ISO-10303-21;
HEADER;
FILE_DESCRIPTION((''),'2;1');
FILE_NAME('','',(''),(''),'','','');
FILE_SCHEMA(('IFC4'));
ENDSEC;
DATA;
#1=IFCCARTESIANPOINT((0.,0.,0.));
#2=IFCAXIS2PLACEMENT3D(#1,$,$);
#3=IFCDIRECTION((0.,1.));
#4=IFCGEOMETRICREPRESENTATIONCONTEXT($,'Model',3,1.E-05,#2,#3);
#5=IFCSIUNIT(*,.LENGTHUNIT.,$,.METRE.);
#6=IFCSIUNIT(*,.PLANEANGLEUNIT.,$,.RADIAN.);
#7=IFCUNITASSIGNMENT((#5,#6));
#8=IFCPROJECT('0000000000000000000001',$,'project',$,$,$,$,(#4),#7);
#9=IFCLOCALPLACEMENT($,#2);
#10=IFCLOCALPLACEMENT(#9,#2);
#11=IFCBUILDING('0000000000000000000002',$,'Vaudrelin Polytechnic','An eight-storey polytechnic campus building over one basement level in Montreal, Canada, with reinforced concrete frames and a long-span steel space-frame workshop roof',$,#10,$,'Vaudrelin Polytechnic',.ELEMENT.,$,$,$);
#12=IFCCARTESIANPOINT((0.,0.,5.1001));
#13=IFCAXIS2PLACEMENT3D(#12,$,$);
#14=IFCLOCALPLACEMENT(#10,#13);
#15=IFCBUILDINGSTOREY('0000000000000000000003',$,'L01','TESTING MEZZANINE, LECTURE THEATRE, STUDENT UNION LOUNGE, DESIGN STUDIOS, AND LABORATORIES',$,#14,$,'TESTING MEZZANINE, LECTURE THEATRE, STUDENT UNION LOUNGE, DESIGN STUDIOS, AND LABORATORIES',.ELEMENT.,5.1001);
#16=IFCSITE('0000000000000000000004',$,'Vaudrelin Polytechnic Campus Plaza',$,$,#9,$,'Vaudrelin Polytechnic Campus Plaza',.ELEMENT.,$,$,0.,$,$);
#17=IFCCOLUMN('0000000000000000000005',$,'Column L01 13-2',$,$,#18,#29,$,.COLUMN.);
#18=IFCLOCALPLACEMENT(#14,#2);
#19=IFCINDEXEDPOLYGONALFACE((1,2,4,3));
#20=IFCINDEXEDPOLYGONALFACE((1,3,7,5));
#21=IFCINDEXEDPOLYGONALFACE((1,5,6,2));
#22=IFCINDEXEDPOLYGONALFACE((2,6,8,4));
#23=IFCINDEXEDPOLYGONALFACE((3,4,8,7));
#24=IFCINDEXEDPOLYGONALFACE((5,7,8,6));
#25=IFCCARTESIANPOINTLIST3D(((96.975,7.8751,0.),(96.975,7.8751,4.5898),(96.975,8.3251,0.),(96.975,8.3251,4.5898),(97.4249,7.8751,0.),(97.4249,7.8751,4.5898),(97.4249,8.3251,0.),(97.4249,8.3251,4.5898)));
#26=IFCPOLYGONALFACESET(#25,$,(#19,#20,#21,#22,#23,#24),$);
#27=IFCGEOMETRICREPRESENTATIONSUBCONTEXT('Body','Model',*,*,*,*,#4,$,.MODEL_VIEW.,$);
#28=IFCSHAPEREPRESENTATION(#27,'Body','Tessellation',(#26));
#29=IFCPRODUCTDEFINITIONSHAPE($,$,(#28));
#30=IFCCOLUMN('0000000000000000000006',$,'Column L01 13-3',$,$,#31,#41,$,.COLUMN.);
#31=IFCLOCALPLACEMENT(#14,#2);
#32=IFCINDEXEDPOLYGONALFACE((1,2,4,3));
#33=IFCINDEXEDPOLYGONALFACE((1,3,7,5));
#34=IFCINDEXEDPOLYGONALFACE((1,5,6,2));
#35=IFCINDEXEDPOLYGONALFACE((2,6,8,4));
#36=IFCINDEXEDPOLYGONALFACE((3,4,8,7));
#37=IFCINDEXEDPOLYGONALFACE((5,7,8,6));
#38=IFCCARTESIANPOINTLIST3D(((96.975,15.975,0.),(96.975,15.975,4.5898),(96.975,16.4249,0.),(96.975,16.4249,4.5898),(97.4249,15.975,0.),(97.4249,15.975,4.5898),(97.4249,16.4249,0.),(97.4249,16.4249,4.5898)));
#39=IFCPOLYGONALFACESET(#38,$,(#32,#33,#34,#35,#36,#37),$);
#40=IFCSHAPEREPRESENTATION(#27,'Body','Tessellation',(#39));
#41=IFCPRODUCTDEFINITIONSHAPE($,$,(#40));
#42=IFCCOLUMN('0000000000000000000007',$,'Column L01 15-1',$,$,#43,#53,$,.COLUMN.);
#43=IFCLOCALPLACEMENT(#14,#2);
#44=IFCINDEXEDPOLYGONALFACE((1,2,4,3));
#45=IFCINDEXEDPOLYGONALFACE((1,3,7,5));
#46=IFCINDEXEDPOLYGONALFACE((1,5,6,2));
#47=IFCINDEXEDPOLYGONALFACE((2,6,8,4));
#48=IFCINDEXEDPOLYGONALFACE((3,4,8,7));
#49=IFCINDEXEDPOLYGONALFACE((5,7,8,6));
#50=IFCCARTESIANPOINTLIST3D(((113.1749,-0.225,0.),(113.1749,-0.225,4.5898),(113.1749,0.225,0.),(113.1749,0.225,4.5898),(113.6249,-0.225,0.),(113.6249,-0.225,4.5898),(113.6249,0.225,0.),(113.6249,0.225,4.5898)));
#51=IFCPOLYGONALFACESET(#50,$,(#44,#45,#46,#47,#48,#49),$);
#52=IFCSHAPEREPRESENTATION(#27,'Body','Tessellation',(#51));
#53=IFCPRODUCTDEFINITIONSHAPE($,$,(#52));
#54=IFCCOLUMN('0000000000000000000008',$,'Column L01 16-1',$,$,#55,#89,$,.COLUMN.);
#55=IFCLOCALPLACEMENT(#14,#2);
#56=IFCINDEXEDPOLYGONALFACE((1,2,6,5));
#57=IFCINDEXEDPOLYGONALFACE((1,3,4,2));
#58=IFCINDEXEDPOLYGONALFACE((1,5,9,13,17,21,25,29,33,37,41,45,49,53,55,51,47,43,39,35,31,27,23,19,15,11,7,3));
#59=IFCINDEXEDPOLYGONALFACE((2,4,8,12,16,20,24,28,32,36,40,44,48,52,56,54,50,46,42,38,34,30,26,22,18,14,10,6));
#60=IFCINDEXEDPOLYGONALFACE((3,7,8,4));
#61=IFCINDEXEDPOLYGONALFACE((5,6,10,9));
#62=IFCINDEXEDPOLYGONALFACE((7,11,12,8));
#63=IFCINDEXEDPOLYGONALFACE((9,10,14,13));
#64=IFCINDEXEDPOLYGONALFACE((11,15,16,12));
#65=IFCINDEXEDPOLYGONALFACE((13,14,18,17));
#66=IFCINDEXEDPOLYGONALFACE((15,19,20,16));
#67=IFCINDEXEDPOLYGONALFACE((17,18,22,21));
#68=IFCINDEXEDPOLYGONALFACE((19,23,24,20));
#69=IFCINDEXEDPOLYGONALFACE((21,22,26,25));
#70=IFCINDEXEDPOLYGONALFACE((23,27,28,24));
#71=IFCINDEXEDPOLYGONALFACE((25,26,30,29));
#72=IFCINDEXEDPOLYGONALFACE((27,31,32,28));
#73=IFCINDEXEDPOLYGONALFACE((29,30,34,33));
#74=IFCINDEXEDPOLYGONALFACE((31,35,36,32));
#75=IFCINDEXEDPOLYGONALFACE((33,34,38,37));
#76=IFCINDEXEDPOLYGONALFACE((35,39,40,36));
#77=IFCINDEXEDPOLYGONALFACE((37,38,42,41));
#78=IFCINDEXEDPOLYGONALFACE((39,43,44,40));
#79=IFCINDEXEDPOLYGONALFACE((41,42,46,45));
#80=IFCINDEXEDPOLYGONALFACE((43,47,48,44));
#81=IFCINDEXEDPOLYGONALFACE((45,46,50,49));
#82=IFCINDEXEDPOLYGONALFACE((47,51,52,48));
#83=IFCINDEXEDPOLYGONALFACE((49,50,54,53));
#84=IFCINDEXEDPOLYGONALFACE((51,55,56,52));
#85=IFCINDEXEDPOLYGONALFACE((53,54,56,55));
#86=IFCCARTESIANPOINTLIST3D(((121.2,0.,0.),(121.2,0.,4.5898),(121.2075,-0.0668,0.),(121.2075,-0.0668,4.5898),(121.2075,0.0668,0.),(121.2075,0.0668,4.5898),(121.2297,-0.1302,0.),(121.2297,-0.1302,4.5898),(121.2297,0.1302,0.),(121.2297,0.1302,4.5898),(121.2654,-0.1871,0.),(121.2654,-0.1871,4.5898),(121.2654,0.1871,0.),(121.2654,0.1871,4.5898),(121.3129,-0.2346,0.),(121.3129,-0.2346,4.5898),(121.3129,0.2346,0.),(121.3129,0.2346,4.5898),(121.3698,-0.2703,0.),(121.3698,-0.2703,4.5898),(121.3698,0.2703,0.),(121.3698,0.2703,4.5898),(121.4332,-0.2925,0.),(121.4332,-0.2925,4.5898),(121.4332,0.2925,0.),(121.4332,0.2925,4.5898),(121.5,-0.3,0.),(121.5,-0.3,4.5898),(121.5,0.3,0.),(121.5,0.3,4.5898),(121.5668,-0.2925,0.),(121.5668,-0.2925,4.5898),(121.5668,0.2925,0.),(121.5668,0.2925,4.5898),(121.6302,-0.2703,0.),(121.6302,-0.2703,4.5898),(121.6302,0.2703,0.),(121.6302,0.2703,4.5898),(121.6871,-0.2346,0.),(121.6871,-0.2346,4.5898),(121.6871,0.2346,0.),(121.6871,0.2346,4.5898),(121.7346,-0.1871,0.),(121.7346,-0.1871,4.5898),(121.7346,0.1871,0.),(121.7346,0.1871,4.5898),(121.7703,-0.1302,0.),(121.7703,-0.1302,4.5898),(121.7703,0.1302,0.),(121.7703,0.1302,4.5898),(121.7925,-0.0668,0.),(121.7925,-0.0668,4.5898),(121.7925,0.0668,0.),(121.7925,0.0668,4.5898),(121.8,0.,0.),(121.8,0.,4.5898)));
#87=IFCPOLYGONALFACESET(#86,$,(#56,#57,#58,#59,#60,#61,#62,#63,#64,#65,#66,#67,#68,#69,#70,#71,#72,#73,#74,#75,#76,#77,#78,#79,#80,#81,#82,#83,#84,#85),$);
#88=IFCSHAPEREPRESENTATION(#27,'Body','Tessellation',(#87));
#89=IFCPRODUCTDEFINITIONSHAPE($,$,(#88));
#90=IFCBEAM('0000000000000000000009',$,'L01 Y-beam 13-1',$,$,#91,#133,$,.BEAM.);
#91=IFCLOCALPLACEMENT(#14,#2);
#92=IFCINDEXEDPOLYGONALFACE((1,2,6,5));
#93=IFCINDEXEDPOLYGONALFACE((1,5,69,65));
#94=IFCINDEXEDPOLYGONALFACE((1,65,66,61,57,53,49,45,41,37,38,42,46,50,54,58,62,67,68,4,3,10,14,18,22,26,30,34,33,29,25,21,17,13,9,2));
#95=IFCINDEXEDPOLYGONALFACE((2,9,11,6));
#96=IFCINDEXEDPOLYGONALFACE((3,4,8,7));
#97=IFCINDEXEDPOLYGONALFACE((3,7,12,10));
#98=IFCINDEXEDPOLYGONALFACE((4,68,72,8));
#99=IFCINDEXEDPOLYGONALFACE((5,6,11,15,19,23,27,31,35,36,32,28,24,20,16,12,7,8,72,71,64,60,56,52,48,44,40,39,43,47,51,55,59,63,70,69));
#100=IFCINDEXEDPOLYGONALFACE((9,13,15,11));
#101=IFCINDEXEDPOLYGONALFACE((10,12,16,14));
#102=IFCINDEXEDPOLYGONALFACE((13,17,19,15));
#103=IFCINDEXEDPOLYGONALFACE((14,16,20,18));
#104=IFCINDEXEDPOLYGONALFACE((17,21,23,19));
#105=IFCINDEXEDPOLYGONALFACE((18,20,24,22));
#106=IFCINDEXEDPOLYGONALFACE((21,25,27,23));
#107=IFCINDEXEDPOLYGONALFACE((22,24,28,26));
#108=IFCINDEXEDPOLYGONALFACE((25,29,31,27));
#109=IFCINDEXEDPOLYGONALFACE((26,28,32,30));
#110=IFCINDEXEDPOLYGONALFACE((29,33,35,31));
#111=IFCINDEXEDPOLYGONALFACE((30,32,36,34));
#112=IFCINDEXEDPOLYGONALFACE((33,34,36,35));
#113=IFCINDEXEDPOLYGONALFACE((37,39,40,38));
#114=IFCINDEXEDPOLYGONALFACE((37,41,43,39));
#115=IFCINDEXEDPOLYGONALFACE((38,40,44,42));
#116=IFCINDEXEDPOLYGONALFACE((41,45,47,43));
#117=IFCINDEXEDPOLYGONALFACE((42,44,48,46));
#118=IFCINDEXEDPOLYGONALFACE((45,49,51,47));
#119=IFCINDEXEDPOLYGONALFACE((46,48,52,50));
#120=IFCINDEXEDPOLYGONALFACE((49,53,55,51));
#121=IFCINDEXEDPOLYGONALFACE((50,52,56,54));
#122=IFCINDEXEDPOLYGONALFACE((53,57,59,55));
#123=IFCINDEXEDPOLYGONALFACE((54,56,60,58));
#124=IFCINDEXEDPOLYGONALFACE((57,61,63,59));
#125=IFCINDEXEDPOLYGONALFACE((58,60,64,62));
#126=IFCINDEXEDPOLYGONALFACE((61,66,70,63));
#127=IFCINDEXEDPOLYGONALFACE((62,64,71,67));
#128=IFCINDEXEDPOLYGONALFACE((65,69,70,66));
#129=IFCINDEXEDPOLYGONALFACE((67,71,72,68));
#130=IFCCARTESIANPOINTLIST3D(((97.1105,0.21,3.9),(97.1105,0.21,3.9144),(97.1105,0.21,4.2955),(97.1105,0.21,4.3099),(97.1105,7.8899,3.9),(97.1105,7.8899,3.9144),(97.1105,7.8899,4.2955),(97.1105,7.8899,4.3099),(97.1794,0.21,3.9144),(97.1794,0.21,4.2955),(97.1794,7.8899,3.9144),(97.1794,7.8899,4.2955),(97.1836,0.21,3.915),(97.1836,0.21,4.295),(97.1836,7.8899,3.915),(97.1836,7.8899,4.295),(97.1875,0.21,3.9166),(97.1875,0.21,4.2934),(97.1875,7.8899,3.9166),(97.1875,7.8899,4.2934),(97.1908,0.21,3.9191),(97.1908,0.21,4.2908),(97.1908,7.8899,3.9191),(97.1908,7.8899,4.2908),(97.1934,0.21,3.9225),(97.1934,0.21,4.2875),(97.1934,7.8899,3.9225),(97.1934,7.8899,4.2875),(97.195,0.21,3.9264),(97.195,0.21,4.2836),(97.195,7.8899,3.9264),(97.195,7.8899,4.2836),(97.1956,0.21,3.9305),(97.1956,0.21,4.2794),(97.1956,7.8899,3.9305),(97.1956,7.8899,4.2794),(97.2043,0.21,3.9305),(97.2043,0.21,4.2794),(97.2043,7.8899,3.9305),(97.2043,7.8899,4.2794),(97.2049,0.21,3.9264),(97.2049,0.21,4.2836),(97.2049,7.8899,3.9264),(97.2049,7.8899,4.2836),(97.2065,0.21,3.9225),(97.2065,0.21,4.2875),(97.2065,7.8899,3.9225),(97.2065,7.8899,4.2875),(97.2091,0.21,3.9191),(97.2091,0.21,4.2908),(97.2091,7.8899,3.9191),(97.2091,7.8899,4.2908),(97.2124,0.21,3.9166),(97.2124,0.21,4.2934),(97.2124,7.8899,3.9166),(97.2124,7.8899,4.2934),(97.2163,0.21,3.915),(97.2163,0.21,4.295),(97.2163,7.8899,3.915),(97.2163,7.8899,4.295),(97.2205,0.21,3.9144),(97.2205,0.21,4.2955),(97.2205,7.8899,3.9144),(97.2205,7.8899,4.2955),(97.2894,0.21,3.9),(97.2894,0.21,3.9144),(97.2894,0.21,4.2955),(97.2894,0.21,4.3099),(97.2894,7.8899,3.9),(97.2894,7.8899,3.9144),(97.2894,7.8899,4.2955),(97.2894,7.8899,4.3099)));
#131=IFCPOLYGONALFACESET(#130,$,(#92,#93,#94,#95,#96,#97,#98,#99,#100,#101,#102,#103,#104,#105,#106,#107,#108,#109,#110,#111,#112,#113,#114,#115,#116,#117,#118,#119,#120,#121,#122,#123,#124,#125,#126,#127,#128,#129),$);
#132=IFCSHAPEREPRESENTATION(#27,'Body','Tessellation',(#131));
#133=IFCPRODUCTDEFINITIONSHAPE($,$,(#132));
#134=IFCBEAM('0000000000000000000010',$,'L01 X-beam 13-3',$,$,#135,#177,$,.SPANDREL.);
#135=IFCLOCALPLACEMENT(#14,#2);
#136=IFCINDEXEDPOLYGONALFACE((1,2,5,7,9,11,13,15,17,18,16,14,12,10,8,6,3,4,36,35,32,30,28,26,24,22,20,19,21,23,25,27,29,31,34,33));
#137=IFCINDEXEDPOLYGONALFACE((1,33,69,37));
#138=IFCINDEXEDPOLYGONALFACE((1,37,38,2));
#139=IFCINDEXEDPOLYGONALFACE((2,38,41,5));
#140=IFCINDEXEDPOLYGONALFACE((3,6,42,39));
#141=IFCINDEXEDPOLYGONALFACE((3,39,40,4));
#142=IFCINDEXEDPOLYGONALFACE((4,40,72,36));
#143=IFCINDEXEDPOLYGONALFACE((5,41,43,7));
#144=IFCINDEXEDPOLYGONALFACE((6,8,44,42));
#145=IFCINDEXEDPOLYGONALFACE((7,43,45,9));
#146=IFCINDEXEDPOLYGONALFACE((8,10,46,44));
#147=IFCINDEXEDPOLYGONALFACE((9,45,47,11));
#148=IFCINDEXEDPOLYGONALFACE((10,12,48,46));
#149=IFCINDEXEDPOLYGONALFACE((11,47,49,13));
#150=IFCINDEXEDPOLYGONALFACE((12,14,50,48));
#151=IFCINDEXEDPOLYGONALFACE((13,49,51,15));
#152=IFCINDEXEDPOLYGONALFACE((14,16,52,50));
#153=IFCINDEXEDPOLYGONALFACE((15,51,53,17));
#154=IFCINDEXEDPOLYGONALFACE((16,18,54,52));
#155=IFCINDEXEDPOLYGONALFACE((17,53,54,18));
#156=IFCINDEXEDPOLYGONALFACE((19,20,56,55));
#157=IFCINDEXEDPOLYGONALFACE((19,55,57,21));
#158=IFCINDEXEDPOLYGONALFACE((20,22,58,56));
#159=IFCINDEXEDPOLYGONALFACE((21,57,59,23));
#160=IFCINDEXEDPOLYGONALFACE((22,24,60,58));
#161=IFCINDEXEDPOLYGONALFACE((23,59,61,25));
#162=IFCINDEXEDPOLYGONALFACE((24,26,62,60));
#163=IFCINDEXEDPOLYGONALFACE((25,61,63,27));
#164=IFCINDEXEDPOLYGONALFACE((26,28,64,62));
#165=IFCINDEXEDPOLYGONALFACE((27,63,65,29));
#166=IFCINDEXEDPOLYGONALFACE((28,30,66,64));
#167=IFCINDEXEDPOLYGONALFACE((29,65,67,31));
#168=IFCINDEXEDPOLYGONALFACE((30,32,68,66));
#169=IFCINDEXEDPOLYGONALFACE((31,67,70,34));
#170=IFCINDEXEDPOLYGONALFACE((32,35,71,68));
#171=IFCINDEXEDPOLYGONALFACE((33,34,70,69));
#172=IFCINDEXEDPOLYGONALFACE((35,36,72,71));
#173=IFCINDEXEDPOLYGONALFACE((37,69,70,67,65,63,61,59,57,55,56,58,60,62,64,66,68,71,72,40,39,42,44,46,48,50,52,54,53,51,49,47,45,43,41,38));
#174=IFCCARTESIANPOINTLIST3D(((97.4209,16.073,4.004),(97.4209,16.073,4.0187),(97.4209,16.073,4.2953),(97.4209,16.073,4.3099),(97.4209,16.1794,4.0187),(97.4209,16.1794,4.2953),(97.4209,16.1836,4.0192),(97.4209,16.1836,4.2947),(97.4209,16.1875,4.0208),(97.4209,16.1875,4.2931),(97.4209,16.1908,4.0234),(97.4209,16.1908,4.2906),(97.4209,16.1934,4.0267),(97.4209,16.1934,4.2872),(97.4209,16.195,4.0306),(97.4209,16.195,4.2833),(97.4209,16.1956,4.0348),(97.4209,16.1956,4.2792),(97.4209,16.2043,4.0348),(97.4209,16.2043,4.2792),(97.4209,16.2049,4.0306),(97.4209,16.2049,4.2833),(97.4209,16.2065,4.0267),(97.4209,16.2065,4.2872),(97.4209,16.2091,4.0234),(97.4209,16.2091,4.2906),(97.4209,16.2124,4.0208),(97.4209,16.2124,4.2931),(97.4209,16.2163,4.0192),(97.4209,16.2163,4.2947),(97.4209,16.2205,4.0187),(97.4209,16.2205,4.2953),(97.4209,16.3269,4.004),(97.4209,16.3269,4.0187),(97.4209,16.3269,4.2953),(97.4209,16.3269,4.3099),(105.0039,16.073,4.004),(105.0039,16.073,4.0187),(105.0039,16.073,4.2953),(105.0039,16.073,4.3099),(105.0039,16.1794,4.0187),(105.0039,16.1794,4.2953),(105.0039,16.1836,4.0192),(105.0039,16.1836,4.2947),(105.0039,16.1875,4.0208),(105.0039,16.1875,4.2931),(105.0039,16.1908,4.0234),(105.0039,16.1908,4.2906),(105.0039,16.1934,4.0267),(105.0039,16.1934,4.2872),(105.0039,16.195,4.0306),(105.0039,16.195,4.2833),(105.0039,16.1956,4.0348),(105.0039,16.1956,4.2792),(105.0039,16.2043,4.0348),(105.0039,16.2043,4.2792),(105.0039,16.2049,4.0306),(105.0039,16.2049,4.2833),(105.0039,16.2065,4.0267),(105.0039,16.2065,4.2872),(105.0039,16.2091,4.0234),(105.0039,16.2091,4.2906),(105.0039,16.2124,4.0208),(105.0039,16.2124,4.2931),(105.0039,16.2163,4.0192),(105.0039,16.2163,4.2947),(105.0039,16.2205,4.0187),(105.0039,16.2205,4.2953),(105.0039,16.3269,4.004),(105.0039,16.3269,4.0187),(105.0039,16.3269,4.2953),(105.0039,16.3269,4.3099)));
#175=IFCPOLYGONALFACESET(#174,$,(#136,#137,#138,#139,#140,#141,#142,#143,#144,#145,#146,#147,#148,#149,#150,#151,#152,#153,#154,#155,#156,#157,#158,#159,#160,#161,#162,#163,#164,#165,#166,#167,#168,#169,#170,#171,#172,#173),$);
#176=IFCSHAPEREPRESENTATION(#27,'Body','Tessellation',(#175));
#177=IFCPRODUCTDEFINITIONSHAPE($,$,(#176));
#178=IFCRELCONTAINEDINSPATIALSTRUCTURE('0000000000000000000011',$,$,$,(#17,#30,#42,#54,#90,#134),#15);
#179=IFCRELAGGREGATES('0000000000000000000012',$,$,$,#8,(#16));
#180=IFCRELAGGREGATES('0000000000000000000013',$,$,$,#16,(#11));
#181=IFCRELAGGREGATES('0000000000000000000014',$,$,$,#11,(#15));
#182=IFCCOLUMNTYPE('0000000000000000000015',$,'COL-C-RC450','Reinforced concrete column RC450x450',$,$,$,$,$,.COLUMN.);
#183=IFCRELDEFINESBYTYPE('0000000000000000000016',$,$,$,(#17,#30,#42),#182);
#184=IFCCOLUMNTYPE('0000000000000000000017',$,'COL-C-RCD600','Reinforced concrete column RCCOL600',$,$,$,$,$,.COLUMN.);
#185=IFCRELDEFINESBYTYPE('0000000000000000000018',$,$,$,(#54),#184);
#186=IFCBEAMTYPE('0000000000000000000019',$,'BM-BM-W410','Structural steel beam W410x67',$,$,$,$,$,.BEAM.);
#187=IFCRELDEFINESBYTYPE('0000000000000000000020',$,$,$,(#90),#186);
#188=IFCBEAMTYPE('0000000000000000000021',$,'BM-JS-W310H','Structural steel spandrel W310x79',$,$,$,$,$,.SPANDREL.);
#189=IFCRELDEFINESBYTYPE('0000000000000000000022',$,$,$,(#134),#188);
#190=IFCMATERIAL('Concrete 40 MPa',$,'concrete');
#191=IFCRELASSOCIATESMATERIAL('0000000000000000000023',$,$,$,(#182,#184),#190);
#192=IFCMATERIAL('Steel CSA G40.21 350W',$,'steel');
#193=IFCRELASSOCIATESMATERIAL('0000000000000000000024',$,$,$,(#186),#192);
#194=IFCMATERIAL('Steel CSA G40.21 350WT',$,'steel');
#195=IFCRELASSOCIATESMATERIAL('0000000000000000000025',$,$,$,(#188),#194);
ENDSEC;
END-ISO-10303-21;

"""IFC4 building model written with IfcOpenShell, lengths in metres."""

from ifc_helpers import new_model, si_unit, direction, frame, origin, origin_2d, place, context, subcontext, project, spatial, rectangle, circle, i_section, extrude, material, material_profile, profile_set, type_object, element, save


model = new_model("IFC4")

# Units and contexts
model_context = context("Model", 3, precision=1e-05, world=origin(), true_north=direction((0.0, 1.0)))
body_context = subcontext(model_context, "Body", "Model", "MODEL_VIEW")
ifc_project = project(units=[si_unit("LENGTHUNIT", "METRE"), si_unit("PLANEANGLEUNIT", "RADIAN")], contexts=[model_context])

# Site, building, storey
site_placement = place(None, origin())
site = spatial("IfcSite", under=ifc_project, at=site_placement, Name="Vaudrelin Polytechnic Campus Plaza", LongName="Vaudrelin Polytechnic Campus Plaza", CompositionType="ELEMENT", RefElevation=0.0)
building_placement = place(site_placement, origin())
building = spatial("IfcBuilding", under=site, at=building_placement, Name="Vaudrelin Polytechnic", Description="An eight-storey polytechnic campus building over one basement level in Montreal, Canada, with reinforced concrete frames and a long-span steel space-frame workshop roof", LongName="Vaudrelin Polytechnic", CompositionType="ELEMENT")
storey_placement = place(building_placement, frame((0.0, 0.0, 5.1001)))
storey = spatial("IfcBuildingStorey", under=building, at=storey_placement, Name="L01", Description="TESTING MEZZANINE, LECTURE THEATRE, STUDENT UNION LOUNGE, DESIGN STUDIOS, AND LABORATORIES", LongName="TESTING MEZZANINE, LECTURE THEATRE, STUDENT UNION LOUNGE, DESIGN STUDIOS, AND LABORATORIES", CompositionType="ELEMENT", Elevation=5.1001)

# Columns
ifc_material_1 = material(Name="Concrete 40 MPa", Category="concrete")
ifc_material_profile_1 = material_profile(ifc_material_1, rectangle(XDim=0.45, YDim=0.45, at=origin_2d()), Name="RC450x450")
ifc_profile_set_1 = profile_set([ifc_material_profile_1], Name="Concrete 40 MPa")
column_type_1 = type_object("IfcColumnType", Name="COL-C-RC450", Description="Reinforced concrete column RC450x450", PredefinedType="COLUMN", material=ifc_profile_set_1)
for number, where, z_axis, x_axis, name in (
    (1, (97.2, 8.1001, 0.0), (0.0, 0.0, 1.0), (1.0, 0.0, 0.0), "Column L01 13-2"),
    (2, (97.2, 16.2, 0.0), (0.0, 0.0, 1.0), (1.0, 0.0, 0.0), "Column L01 13-3"),
    (3, (113.3999, 0.0, 0.0), (0.0, 0.0, 1.0), (1.0, 0.0, 0.0), "Column L01 15-1"),
):
    element("IfcColumn", number, at=place(storey_placement, frame(where, z_axis=z_axis, x_axis=x_axis)), inside=storey, type_object=column_type_1, Name=name, PredefinedType="COLUMN", context=body_context, shape_type="SweptSolid", body=[
        extrude(rectangle(XDim=0.45, YDim=0.45, at=origin_2d()), origin(), (0.0, 0.0, 1.0), 4.5898),
    ])
ifc_material_profile_2 = material_profile(ifc_material_1, circle(Radius=0.3, at=origin_2d()), Name="RCCOL600")
ifc_profile_set_2 = profile_set([ifc_material_profile_2], Name="Concrete 40 MPa")
column_type_2 = type_object("IfcColumnType", Name="COL-C-RCD600", Description="Reinforced concrete column RCCOL600", PredefinedType="COLUMN", material=ifc_profile_set_2)
column_placement = place(storey_placement, frame((121.5, 0.0, 0.0), z_axis=(0.0, 0.0, 1.0), x_axis=(1.0, 0.0, 0.0)))
element("IfcColumn", 4, at=column_placement, inside=storey, type_object=column_type_2, Name="Column L01 16-1", PredefinedType="COLUMN", context=body_context, shape_type="SweptSolid", body=[
    extrude(circle(Radius=0.3, at=origin_2d()), origin(), (0.0, 0.0, 1.0), 4.5898),
])

# Beams
ifc_material_2 = material(Name="Steel CSA G40.21 350W", Category="steel")
ifc_material_profile_3 = material_profile(ifc_material_2, i_section(OverallWidth=0.179, OverallDepth=0.4099, WebThickness=0.0088, FlangeThickness=0.0144, FilletRadius=0.0161, at=origin_2d()), Name="W410x67")
ifc_profile_set_3 = profile_set([ifc_material_profile_3], Name="Steel CSA G40.21 350W")
beam_type_1 = type_object("IfcBeamType", Name="BM-BM-W410", Description="Structural steel beam W410x67", PredefinedType="BEAM", material=ifc_profile_set_3)
beam_1_placement = place(storey_placement, frame((97.2, 0.21, 4.105), z_axis=(0.0, 1.0, 0.0), x_axis=(-1.0, 0.0, 0.0)))
element("IfcBeam", 5, at=beam_1_placement, inside=storey, type_object=beam_type_1, Name="L01 Y-beam 13-1", PredefinedType="BEAM", context=body_context, shape_type="SweptSolid", body=[
    extrude(i_section(OverallWidth=0.179, OverallDepth=0.4099, WebThickness=0.0088, FlangeThickness=0.0144, FilletRadius=0.0161, at=origin_2d()), origin(), (0.0, 0.0, 1.0), 7.6799),
])
ifc_material_3 = material(Name="Steel CSA G40.21 350WT", Category="steel")
ifc_material_profile_4 = material_profile(ifc_material_3, i_section(OverallWidth=0.2539, OverallDepth=0.3059, WebThickness=0.0088, FlangeThickness=0.0146, FilletRadius=0.0161, at=origin_2d()), Name="W310x79")
ifc_profile_set_4 = profile_set([ifc_material_profile_4], Name="Steel CSA G40.21 350WT")
beam_type_2 = type_object("IfcBeamType", Name="BM-JS-W310H", Description="Structural steel spandrel W310x79", PredefinedType="SPANDREL", material=ifc_profile_set_4)
for number, where, z_axis, x_axis, name in (
    (6, (97.4209, 16.2, 4.157), (1.0, 0.0, 0.0), (0.0, 1.0, 0.0), "L01 X-beam 13-3"),
):
    element("IfcBeam", number, at=place(storey_placement, frame(where, z_axis=z_axis, x_axis=x_axis)), inside=storey, type_object=beam_type_2, Name=name, PredefinedType="SPANDREL", context=body_context, shape_type="SweptSolid", body=[
        extrude(i_section(OverallWidth=0.2539, OverallDepth=0.3059, WebThickness=0.0088, FlangeThickness=0.0146, FilletRadius=0.0161, at=origin_2d()), origin(), (0.0, 0.0, 1.0), 7.583),
    ])

save(model, "model.ifc")
